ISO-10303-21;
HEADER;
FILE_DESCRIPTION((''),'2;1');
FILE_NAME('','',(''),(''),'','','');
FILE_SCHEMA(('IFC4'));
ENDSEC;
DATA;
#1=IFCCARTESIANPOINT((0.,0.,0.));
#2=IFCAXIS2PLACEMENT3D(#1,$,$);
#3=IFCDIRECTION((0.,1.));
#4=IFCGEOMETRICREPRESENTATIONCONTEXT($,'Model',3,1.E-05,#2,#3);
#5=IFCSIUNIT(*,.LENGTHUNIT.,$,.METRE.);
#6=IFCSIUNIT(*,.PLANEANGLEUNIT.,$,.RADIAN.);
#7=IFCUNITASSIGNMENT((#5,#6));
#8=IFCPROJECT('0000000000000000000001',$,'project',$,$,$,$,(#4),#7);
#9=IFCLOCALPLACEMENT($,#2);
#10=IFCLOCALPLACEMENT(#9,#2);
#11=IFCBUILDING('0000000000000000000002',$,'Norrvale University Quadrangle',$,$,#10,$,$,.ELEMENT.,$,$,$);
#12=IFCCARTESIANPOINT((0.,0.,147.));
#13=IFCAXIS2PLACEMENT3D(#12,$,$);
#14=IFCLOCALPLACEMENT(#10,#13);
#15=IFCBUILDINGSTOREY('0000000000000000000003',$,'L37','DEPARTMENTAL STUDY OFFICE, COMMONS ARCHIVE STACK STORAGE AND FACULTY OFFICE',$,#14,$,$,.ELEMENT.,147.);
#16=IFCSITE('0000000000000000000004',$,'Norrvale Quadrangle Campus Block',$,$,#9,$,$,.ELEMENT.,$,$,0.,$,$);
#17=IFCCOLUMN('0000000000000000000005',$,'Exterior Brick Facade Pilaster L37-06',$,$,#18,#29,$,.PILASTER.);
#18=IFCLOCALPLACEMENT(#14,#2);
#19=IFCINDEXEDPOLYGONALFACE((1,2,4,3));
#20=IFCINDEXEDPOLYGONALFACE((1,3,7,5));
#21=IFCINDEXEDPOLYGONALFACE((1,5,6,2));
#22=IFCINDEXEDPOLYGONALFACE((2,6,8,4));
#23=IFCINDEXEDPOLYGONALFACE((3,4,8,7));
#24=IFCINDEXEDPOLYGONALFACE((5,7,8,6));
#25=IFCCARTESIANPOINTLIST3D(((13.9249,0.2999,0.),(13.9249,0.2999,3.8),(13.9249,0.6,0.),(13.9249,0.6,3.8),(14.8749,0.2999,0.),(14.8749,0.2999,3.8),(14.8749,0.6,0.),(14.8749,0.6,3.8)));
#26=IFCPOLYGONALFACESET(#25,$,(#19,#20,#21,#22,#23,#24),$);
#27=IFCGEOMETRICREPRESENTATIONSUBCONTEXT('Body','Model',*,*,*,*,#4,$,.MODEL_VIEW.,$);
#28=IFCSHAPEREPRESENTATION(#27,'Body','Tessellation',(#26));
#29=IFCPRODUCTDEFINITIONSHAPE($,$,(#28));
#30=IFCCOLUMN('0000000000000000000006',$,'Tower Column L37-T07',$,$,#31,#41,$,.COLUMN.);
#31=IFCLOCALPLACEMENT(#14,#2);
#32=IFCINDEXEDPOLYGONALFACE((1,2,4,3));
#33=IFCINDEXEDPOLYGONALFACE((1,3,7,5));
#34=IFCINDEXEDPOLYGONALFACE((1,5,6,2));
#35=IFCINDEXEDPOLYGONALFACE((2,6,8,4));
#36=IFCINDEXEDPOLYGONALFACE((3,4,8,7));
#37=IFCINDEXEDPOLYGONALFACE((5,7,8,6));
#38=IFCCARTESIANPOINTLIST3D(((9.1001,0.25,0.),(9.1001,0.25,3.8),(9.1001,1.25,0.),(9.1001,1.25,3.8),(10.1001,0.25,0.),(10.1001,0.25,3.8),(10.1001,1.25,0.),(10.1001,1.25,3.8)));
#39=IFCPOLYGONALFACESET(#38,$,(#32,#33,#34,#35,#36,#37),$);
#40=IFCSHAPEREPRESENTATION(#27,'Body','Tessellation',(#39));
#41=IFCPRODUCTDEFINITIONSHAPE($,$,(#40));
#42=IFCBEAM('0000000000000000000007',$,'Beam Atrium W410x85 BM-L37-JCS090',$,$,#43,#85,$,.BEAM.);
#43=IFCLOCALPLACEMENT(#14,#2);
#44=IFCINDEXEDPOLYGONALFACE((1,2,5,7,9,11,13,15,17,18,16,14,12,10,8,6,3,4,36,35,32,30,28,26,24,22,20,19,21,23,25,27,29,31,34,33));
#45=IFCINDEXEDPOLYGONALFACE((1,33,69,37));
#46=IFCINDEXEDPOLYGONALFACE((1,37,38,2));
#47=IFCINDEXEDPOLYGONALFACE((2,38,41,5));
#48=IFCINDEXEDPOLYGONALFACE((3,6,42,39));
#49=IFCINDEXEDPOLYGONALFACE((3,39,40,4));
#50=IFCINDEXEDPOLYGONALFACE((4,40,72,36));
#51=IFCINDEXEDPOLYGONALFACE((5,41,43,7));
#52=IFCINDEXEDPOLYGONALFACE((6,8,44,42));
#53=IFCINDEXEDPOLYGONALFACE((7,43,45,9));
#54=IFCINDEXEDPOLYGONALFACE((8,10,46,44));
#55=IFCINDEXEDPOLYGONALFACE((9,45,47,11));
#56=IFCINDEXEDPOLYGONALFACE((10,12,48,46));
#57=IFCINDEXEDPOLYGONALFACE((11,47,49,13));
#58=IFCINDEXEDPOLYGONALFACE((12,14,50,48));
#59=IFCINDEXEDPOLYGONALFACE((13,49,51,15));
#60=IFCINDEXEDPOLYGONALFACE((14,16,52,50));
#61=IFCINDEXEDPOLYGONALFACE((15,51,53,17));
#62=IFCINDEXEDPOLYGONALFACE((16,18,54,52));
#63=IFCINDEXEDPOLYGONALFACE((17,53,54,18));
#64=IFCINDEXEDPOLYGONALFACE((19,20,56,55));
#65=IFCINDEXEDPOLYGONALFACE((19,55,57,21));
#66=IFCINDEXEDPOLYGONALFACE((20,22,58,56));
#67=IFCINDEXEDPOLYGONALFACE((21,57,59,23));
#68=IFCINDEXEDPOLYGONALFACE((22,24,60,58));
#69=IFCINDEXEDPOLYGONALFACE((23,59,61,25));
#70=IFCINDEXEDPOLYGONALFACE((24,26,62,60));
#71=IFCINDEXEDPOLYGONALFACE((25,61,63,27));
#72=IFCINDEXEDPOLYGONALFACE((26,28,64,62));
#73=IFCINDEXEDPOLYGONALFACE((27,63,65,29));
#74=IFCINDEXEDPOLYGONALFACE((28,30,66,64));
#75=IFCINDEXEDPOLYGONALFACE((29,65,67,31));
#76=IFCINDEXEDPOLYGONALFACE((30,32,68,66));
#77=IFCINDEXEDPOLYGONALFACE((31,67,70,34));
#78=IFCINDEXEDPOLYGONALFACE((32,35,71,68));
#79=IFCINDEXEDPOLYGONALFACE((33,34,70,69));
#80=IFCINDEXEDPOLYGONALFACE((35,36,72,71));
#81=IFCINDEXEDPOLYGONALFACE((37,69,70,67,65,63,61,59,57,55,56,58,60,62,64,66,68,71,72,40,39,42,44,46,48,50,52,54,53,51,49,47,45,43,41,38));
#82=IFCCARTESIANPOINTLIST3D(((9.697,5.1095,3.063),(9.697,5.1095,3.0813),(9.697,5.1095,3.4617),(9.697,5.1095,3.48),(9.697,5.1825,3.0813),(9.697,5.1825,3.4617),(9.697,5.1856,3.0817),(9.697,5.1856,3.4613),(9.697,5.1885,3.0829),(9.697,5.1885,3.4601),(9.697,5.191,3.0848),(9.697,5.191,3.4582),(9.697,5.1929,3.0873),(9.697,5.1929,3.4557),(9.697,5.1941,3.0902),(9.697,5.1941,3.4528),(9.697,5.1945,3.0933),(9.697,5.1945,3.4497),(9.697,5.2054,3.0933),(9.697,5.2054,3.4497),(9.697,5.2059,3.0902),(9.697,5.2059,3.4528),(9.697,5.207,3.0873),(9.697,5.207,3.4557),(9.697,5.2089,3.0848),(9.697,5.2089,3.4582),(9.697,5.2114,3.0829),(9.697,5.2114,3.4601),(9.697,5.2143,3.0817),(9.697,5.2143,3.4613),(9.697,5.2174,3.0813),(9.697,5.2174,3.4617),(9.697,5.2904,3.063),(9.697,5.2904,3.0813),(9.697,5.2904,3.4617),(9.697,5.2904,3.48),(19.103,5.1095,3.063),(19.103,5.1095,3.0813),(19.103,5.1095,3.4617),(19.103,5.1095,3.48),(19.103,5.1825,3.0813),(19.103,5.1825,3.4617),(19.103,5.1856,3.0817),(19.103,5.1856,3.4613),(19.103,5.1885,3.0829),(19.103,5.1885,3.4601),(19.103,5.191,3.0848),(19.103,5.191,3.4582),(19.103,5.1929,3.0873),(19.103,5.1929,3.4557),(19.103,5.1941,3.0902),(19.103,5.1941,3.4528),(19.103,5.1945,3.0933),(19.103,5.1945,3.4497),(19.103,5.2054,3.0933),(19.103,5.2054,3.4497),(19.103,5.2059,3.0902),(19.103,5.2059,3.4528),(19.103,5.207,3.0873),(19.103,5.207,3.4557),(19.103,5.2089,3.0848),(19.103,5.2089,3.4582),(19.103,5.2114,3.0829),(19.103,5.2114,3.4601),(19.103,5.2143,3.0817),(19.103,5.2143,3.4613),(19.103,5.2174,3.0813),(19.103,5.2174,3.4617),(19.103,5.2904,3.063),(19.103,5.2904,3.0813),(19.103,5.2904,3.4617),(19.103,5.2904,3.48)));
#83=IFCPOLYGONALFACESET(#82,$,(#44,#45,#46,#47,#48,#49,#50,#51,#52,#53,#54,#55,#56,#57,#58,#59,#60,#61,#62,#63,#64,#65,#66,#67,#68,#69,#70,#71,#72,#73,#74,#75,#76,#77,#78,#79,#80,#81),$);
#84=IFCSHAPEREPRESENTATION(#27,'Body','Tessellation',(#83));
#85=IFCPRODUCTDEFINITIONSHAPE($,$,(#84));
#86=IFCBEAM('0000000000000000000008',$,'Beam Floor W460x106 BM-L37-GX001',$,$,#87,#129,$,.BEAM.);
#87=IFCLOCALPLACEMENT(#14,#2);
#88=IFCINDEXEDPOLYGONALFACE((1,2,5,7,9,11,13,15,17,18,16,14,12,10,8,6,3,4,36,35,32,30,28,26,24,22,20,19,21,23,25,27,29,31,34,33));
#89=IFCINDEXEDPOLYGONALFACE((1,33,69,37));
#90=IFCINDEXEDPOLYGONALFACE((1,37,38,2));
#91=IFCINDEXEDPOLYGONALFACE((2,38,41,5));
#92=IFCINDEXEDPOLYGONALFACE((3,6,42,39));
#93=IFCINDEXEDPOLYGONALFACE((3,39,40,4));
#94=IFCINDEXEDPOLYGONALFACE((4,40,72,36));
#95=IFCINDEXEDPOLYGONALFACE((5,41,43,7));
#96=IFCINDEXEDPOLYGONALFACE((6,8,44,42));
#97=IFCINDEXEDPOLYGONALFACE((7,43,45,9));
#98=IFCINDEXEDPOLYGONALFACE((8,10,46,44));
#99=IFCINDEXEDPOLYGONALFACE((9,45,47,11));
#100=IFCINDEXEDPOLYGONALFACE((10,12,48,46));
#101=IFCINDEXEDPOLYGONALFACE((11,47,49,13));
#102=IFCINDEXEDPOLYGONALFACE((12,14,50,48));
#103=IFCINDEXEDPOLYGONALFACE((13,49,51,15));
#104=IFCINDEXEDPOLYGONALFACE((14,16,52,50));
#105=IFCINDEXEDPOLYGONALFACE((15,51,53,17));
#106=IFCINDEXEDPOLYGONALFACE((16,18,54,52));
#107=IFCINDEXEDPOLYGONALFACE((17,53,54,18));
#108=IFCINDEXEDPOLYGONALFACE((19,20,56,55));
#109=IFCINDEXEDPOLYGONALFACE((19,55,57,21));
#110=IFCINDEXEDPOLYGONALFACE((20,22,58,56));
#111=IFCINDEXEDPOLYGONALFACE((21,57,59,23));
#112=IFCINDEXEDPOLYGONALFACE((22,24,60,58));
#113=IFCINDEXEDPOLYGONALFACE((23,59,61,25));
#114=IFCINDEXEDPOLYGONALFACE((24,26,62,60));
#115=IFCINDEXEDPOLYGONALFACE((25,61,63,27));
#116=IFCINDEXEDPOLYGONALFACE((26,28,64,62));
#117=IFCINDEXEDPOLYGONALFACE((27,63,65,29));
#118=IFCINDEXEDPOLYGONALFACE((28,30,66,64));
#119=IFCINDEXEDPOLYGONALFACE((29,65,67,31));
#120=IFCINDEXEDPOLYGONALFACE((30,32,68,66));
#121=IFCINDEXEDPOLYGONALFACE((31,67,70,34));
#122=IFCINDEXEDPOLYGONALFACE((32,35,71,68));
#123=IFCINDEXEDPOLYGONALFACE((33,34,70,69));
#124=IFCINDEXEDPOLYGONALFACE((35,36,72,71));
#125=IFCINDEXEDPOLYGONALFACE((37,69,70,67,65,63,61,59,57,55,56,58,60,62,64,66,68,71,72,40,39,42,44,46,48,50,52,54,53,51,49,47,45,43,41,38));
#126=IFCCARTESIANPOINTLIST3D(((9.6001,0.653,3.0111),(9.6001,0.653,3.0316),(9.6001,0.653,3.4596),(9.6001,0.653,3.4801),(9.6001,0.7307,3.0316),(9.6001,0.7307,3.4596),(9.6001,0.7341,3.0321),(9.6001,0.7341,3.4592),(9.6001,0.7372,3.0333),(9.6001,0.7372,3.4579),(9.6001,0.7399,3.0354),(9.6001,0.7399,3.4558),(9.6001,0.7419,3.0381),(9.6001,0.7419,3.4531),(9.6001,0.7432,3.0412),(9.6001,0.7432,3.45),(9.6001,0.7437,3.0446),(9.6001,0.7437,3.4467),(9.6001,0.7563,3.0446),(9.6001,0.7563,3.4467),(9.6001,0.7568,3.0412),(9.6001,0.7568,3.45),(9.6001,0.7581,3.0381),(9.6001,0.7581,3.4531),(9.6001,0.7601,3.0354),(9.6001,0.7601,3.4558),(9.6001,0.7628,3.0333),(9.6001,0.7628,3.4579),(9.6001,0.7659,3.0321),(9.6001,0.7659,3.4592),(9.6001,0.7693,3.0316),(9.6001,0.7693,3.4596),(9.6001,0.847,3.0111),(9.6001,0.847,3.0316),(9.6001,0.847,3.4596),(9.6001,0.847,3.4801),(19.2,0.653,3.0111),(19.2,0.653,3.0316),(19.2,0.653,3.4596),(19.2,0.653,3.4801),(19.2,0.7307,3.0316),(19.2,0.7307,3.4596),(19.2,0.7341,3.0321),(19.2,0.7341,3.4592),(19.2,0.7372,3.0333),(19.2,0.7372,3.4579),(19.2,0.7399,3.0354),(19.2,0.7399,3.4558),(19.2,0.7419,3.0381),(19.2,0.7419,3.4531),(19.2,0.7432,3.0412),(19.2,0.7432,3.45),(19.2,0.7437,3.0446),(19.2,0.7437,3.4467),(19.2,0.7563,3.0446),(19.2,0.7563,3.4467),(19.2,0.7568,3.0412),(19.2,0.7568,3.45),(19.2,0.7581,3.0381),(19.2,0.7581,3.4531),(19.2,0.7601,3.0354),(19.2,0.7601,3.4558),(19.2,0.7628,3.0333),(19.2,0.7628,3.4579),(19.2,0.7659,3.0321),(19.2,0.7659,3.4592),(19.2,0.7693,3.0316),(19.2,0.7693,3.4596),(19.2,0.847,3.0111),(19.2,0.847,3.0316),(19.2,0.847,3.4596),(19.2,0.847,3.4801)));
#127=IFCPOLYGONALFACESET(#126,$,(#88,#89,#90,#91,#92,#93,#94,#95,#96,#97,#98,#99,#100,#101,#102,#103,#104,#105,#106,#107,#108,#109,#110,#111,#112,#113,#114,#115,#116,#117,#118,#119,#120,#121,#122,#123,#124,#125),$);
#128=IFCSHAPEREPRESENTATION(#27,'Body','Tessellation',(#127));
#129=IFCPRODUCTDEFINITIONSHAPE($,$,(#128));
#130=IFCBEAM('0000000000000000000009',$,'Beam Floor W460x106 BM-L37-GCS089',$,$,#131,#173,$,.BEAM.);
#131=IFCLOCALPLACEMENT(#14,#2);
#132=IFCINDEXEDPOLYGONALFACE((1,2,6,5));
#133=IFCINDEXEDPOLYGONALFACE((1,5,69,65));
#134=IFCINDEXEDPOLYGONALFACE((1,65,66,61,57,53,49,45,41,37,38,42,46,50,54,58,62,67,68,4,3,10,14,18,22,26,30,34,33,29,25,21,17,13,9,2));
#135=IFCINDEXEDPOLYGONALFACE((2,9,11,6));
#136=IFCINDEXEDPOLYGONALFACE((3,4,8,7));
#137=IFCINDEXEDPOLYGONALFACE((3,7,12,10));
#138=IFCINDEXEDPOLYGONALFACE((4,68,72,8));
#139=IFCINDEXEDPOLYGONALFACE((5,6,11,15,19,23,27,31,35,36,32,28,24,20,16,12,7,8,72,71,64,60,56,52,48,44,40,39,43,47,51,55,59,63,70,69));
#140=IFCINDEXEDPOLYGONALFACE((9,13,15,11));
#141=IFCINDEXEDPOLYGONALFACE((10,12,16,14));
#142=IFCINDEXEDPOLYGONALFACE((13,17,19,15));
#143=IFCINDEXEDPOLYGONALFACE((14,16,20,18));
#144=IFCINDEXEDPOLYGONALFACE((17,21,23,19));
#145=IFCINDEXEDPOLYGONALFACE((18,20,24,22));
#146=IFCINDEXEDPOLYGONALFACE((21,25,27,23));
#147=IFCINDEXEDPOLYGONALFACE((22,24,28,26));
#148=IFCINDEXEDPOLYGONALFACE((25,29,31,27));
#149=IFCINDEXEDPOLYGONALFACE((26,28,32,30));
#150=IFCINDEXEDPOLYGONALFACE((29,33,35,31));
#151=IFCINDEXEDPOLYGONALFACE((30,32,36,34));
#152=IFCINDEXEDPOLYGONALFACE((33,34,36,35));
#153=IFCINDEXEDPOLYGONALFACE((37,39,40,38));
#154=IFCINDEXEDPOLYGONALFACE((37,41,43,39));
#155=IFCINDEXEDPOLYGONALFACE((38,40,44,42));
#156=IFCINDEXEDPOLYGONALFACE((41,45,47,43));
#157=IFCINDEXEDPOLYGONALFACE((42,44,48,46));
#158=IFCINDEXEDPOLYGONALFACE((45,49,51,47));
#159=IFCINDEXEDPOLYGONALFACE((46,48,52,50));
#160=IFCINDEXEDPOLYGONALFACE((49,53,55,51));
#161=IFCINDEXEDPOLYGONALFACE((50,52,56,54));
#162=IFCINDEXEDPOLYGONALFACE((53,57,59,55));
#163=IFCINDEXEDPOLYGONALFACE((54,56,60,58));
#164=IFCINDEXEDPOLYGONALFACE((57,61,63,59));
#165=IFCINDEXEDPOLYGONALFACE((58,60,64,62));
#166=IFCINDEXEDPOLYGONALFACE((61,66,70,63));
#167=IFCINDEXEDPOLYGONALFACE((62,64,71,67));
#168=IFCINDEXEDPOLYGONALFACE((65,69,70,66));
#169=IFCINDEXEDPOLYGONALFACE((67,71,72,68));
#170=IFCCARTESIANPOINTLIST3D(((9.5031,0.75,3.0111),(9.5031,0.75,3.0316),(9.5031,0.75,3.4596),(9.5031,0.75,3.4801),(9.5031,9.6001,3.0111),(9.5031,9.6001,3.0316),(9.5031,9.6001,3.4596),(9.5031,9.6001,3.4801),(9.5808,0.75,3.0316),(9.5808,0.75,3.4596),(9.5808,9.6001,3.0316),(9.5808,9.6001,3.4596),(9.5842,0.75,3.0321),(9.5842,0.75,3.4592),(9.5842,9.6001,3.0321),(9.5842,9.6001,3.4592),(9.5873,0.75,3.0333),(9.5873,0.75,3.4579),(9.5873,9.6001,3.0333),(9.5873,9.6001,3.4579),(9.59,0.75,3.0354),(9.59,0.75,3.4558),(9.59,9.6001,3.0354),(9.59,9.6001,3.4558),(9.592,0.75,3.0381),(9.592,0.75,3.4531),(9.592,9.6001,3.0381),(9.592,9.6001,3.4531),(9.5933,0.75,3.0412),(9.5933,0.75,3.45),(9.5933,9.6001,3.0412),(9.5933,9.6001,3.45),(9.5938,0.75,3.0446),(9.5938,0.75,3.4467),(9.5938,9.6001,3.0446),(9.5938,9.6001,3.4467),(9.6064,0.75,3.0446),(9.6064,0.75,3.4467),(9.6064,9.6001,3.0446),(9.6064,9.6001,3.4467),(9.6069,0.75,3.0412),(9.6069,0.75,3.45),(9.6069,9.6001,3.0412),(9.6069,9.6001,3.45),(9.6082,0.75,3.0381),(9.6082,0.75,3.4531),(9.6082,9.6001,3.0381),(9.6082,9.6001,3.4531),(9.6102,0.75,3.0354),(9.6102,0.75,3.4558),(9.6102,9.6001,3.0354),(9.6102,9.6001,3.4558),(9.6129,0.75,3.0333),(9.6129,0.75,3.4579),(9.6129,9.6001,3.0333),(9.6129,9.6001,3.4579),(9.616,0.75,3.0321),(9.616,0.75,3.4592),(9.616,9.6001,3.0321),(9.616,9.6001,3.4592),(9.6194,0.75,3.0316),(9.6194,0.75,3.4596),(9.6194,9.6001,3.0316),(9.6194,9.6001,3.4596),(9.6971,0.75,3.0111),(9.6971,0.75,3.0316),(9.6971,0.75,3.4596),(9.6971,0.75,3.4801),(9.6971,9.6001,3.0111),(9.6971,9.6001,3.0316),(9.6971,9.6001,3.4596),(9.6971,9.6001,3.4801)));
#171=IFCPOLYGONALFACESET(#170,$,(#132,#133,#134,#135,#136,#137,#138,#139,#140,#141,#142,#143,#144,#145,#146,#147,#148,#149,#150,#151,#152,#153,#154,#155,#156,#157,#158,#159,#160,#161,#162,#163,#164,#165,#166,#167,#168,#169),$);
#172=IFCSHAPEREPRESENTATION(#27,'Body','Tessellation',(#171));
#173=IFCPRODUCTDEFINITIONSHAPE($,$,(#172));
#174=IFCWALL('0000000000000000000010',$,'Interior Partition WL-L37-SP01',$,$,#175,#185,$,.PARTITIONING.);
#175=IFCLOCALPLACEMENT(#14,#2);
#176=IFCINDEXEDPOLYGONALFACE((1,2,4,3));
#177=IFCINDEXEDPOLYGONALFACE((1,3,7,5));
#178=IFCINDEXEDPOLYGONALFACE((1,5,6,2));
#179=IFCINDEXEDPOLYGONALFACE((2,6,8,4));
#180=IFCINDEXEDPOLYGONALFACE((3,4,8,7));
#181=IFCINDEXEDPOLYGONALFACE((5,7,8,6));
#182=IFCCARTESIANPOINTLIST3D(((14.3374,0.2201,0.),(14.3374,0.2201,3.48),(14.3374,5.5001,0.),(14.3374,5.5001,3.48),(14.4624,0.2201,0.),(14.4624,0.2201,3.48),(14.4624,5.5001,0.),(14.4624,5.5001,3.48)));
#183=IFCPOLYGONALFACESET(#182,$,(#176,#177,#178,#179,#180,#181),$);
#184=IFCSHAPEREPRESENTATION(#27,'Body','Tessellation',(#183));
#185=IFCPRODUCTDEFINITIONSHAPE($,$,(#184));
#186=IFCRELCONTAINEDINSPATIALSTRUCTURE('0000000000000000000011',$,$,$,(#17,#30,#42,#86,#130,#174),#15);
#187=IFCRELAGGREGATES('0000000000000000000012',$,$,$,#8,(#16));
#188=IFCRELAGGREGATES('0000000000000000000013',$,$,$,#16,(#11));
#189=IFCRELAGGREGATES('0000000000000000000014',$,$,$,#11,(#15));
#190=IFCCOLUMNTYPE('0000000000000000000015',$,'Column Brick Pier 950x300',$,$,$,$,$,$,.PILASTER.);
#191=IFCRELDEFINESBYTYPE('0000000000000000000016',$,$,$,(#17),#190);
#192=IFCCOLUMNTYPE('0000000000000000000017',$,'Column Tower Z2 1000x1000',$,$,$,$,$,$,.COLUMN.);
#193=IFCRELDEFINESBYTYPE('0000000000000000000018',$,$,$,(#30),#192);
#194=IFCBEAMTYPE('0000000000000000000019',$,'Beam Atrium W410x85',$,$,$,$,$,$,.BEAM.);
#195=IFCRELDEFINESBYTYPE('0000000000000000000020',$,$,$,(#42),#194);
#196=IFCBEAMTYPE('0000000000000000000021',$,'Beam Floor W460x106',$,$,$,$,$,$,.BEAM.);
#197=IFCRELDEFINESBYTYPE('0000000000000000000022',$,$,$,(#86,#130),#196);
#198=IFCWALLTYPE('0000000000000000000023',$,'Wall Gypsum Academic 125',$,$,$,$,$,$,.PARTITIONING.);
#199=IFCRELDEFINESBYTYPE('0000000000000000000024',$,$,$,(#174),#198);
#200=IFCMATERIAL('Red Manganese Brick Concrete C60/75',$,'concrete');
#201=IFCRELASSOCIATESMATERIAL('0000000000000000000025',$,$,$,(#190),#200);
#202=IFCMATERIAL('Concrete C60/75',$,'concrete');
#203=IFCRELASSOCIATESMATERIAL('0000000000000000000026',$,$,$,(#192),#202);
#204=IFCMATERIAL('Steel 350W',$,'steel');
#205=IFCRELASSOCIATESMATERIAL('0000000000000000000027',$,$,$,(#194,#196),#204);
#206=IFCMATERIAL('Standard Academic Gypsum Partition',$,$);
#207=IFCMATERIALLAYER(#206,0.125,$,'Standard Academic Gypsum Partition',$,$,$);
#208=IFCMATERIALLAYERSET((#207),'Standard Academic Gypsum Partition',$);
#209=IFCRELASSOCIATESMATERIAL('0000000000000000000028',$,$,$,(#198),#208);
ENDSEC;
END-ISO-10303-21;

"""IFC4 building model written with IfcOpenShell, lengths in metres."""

from ifc_helpers import new_model, si_unit, direction, frame, frame_2d, origin, origin_2d, place, context, subcontext, project, spatial, rectangle, i_section, extrude, material, layer, layer_set, material_profile, profile_set, type_object, element, save


model = new_model("IFC4")

# Units and contexts
model_context = context("Model", 3, precision=1e-05, world=origin(), true_north=direction((0.0, 1.0)))
body_context = subcontext(model_context, "Body", "Model", "MODEL_VIEW")
ifc_project = project(units=[si_unit("LENGTHUNIT", "METRE"), si_unit("PLANEANGLEUNIT", "RADIAN")], contexts=[model_context])

# Site, building, storey
site_placement = place(None, origin())
site = spatial("IfcSite", under=ifc_project, at=site_placement, Name="Norrvale Quadrangle Campus Block", CompositionType="ELEMENT", RefElevation=0.0)
building_placement = place(site_placement, origin())
building = spatial("IfcBuilding", under=site, at=building_placement, Name="Norrvale University Quadrangle", CompositionType="ELEMENT")
storey_placement = place(building_placement, frame((0.0, 0.0, 147.0)))
storey = spatial("IfcBuildingStorey", under=building, at=storey_placement, Name="L37", Description="DEPARTMENTAL STUDY OFFICE, COMMONS ARCHIVE STACK STORAGE AND FACULTY OFFICE", CompositionType="ELEMENT", Elevation=147.0)

# Columns
ifc_material_1 = material(Name="Red Manganese Brick Concrete C60/75", Category="concrete")
ifc_material_profile_1 = material_profile(ifc_material_1, rectangle(XDim=0.95, YDim=0.3, at=origin_2d()), Name="Red Manganese Brick Concrete C60/75")
ifc_profile_set_1 = profile_set([ifc_material_profile_1], Name="Red Manganese Brick Concrete C60/75")
column_type_1 = type_object("IfcColumnType", Name="Column Brick Pier 950x300", PredefinedType="PILASTER", material=ifc_profile_set_1)
column_1_placement = place(storey_placement, frame((14.3999, 0.45, 0.0), z_axis=(0.0, 0.0, 1.0), x_axis=(1.0, 0.0, 0.0)))
element("IfcColumn", 1, at=column_1_placement, inside=storey, type_object=column_type_1, Name="Exterior Brick Facade Pilaster L37-06", PredefinedType="PILASTER", context=body_context, shape_type="SweptSolid", body=[
    extrude(rectangle(XDim=0.95, YDim=0.3, at=origin_2d()), origin(), (0.0, 0.0, 1.0), 3.8),
])
ifc_material_2 = material(Name="Concrete C60/75", Category="concrete")
ifc_material_profile_2 = material_profile(ifc_material_2, rectangle(XDim=1.0, YDim=1.0, at=origin_2d()), Name="Concrete C60/75")
ifc_profile_set_2 = profile_set([ifc_material_profile_2], Name="Concrete C60/75")
column_type_2 = type_object("IfcColumnType", Name="Column Tower Z2 1000x1000", PredefinedType="COLUMN", material=ifc_profile_set_2)
column_2_placement = place(storey_placement, frame((9.6001, 0.75, 0.0), z_axis=(0.0, 0.0, 1.0), x_axis=(1.0, 0.0, 0.0)))
element("IfcColumn", 2, at=column_2_placement, inside=storey, type_object=column_type_2, Name="Tower Column L37-T07", PredefinedType="COLUMN", context=body_context, shape_type="SweptSolid", body=[
    extrude(rectangle(XDim=1.0, YDim=1.0, at=origin_2d()), origin(), (0.0, 0.0, 1.0), 3.8),
])

# Beams
ifc_material_3 = material(Name="Steel 350W", Category="steel")
ifc_material_profile_3 = material_profile(ifc_material_3, i_section(OverallWidth=0.1809, OverallDepth=0.417, WebThickness=0.011, FlangeThickness=0.0183, FilletRadius=0.012, at=origin_2d()), Name="Steel 350W")
ifc_profile_set_3 = profile_set([ifc_material_profile_3], Name="Steel 350W")
beam_type_1 = type_object("IfcBeamType", Name="Beam Atrium W410x85", PredefinedType="BEAM", material=ifc_profile_set_3)
beam_1_placement = place(storey_placement, frame((9.697, 5.2, 3.2715), z_axis=(1.0, 0.0, 0.0), x_axis=(0.0, 1.0, 0.0)))
element("IfcBeam", 3, at=beam_1_placement, inside=storey, type_object=beam_type_1, Name="Beam Atrium W410x85 BM-L37-JCS090", PredefinedType="BEAM", context=body_context, shape_type="SweptSolid", body=[
    extrude(i_section(OverallWidth=0.1809, OverallDepth=0.417, WebThickness=0.011, FlangeThickness=0.0183, FilletRadius=0.012, at=origin_2d()), origin(), (0.0, 0.0, 1.0), 9.406),
])
ifc_material_profile_4 = material_profile(ifc_material_3, i_section(OverallWidth=0.1941, OverallDepth=0.469, WebThickness=0.0127, FlangeThickness=0.0205, FilletRadius=0.0129, at=origin_2d()), Name="Steel 350W")
ifc_profile_set_4 = profile_set([ifc_material_profile_4], Name="Steel 350W")
beam_type_2 = type_object("IfcBeamType", Name="Beam Floor W460x106", PredefinedType="BEAM", material=ifc_profile_set_4)
beam_2_placement = place(storey_placement, frame((9.6001, 0.75, 3.2456), z_axis=(1.0, 0.0, 0.0), x_axis=(0.0, 1.0, 0.0)))
element("IfcBeam", 4, at=beam_2_placement, inside=storey, type_object=beam_type_2, Name="Beam Floor W460x106 BM-L37-GX001", PredefinedType="BEAM", context=body_context, shape_type="SweptSolid", body=[
    extrude(i_section(OverallWidth=0.1941, OverallDepth=0.469, WebThickness=0.0127, FlangeThickness=0.0205, FilletRadius=0.0129, at=origin_2d()), origin(), (0.0, 0.0, 1.0), 9.5999),
])
beam_3_placement = place(storey_placement, frame((9.6001, 0.75, 3.2456), z_axis=(0.0, 1.0, 0.0), x_axis=(-1.0, 0.0, 0.0)))
element("IfcBeam", 5, at=beam_3_placement, inside=storey, type_object=beam_type_2, Name="Beam Floor W460x106 BM-L37-GCS089", PredefinedType="BEAM", context=body_context, shape_type="SweptSolid", body=[
    extrude(i_section(OverallWidth=0.1941, OverallDepth=0.469, WebThickness=0.0127, FlangeThickness=0.0205, FilletRadius=0.0129, at=origin_2d()), origin(), (0.0, 0.0, 1.0), 8.8501),
])

# Wall
ifc_material_4 = material(Name="Standard Academic Gypsum Partition")
ifc_layer_1 = layer(ifc_material_4, 0.125, Name="Standard Academic Gypsum Partition")
ifc_layer_set_1 = layer_set([ifc_layer_1], Name="Standard Academic Gypsum Partition")
wall_type_1 = type_object("IfcWallType", Name="Wall Gypsum Academic 125", PredefinedType="PARTITIONING", material=ifc_layer_set_1)
wall_1_placement = place(storey_placement, frame((14.3999, 0.22, 0.0), z_axis=(0.0, 0.0, 1.0), x_axis=(0.0, 1.0, 0.0)))
element("IfcWall", 6, at=wall_1_placement, inside=storey, type_object=wall_type_1, Name="Interior Partition WL-L37-SP01", PredefinedType="PARTITIONING", context=body_context, shape_type="SweptSolid", body=[
    extrude(rectangle(XDim=5.28, YDim=0.125, at=frame_2d((2.6401, 0.0))), origin(), (0.0, 0.0, 1.0), 3.48),
])

save(model, "model.ifc")
